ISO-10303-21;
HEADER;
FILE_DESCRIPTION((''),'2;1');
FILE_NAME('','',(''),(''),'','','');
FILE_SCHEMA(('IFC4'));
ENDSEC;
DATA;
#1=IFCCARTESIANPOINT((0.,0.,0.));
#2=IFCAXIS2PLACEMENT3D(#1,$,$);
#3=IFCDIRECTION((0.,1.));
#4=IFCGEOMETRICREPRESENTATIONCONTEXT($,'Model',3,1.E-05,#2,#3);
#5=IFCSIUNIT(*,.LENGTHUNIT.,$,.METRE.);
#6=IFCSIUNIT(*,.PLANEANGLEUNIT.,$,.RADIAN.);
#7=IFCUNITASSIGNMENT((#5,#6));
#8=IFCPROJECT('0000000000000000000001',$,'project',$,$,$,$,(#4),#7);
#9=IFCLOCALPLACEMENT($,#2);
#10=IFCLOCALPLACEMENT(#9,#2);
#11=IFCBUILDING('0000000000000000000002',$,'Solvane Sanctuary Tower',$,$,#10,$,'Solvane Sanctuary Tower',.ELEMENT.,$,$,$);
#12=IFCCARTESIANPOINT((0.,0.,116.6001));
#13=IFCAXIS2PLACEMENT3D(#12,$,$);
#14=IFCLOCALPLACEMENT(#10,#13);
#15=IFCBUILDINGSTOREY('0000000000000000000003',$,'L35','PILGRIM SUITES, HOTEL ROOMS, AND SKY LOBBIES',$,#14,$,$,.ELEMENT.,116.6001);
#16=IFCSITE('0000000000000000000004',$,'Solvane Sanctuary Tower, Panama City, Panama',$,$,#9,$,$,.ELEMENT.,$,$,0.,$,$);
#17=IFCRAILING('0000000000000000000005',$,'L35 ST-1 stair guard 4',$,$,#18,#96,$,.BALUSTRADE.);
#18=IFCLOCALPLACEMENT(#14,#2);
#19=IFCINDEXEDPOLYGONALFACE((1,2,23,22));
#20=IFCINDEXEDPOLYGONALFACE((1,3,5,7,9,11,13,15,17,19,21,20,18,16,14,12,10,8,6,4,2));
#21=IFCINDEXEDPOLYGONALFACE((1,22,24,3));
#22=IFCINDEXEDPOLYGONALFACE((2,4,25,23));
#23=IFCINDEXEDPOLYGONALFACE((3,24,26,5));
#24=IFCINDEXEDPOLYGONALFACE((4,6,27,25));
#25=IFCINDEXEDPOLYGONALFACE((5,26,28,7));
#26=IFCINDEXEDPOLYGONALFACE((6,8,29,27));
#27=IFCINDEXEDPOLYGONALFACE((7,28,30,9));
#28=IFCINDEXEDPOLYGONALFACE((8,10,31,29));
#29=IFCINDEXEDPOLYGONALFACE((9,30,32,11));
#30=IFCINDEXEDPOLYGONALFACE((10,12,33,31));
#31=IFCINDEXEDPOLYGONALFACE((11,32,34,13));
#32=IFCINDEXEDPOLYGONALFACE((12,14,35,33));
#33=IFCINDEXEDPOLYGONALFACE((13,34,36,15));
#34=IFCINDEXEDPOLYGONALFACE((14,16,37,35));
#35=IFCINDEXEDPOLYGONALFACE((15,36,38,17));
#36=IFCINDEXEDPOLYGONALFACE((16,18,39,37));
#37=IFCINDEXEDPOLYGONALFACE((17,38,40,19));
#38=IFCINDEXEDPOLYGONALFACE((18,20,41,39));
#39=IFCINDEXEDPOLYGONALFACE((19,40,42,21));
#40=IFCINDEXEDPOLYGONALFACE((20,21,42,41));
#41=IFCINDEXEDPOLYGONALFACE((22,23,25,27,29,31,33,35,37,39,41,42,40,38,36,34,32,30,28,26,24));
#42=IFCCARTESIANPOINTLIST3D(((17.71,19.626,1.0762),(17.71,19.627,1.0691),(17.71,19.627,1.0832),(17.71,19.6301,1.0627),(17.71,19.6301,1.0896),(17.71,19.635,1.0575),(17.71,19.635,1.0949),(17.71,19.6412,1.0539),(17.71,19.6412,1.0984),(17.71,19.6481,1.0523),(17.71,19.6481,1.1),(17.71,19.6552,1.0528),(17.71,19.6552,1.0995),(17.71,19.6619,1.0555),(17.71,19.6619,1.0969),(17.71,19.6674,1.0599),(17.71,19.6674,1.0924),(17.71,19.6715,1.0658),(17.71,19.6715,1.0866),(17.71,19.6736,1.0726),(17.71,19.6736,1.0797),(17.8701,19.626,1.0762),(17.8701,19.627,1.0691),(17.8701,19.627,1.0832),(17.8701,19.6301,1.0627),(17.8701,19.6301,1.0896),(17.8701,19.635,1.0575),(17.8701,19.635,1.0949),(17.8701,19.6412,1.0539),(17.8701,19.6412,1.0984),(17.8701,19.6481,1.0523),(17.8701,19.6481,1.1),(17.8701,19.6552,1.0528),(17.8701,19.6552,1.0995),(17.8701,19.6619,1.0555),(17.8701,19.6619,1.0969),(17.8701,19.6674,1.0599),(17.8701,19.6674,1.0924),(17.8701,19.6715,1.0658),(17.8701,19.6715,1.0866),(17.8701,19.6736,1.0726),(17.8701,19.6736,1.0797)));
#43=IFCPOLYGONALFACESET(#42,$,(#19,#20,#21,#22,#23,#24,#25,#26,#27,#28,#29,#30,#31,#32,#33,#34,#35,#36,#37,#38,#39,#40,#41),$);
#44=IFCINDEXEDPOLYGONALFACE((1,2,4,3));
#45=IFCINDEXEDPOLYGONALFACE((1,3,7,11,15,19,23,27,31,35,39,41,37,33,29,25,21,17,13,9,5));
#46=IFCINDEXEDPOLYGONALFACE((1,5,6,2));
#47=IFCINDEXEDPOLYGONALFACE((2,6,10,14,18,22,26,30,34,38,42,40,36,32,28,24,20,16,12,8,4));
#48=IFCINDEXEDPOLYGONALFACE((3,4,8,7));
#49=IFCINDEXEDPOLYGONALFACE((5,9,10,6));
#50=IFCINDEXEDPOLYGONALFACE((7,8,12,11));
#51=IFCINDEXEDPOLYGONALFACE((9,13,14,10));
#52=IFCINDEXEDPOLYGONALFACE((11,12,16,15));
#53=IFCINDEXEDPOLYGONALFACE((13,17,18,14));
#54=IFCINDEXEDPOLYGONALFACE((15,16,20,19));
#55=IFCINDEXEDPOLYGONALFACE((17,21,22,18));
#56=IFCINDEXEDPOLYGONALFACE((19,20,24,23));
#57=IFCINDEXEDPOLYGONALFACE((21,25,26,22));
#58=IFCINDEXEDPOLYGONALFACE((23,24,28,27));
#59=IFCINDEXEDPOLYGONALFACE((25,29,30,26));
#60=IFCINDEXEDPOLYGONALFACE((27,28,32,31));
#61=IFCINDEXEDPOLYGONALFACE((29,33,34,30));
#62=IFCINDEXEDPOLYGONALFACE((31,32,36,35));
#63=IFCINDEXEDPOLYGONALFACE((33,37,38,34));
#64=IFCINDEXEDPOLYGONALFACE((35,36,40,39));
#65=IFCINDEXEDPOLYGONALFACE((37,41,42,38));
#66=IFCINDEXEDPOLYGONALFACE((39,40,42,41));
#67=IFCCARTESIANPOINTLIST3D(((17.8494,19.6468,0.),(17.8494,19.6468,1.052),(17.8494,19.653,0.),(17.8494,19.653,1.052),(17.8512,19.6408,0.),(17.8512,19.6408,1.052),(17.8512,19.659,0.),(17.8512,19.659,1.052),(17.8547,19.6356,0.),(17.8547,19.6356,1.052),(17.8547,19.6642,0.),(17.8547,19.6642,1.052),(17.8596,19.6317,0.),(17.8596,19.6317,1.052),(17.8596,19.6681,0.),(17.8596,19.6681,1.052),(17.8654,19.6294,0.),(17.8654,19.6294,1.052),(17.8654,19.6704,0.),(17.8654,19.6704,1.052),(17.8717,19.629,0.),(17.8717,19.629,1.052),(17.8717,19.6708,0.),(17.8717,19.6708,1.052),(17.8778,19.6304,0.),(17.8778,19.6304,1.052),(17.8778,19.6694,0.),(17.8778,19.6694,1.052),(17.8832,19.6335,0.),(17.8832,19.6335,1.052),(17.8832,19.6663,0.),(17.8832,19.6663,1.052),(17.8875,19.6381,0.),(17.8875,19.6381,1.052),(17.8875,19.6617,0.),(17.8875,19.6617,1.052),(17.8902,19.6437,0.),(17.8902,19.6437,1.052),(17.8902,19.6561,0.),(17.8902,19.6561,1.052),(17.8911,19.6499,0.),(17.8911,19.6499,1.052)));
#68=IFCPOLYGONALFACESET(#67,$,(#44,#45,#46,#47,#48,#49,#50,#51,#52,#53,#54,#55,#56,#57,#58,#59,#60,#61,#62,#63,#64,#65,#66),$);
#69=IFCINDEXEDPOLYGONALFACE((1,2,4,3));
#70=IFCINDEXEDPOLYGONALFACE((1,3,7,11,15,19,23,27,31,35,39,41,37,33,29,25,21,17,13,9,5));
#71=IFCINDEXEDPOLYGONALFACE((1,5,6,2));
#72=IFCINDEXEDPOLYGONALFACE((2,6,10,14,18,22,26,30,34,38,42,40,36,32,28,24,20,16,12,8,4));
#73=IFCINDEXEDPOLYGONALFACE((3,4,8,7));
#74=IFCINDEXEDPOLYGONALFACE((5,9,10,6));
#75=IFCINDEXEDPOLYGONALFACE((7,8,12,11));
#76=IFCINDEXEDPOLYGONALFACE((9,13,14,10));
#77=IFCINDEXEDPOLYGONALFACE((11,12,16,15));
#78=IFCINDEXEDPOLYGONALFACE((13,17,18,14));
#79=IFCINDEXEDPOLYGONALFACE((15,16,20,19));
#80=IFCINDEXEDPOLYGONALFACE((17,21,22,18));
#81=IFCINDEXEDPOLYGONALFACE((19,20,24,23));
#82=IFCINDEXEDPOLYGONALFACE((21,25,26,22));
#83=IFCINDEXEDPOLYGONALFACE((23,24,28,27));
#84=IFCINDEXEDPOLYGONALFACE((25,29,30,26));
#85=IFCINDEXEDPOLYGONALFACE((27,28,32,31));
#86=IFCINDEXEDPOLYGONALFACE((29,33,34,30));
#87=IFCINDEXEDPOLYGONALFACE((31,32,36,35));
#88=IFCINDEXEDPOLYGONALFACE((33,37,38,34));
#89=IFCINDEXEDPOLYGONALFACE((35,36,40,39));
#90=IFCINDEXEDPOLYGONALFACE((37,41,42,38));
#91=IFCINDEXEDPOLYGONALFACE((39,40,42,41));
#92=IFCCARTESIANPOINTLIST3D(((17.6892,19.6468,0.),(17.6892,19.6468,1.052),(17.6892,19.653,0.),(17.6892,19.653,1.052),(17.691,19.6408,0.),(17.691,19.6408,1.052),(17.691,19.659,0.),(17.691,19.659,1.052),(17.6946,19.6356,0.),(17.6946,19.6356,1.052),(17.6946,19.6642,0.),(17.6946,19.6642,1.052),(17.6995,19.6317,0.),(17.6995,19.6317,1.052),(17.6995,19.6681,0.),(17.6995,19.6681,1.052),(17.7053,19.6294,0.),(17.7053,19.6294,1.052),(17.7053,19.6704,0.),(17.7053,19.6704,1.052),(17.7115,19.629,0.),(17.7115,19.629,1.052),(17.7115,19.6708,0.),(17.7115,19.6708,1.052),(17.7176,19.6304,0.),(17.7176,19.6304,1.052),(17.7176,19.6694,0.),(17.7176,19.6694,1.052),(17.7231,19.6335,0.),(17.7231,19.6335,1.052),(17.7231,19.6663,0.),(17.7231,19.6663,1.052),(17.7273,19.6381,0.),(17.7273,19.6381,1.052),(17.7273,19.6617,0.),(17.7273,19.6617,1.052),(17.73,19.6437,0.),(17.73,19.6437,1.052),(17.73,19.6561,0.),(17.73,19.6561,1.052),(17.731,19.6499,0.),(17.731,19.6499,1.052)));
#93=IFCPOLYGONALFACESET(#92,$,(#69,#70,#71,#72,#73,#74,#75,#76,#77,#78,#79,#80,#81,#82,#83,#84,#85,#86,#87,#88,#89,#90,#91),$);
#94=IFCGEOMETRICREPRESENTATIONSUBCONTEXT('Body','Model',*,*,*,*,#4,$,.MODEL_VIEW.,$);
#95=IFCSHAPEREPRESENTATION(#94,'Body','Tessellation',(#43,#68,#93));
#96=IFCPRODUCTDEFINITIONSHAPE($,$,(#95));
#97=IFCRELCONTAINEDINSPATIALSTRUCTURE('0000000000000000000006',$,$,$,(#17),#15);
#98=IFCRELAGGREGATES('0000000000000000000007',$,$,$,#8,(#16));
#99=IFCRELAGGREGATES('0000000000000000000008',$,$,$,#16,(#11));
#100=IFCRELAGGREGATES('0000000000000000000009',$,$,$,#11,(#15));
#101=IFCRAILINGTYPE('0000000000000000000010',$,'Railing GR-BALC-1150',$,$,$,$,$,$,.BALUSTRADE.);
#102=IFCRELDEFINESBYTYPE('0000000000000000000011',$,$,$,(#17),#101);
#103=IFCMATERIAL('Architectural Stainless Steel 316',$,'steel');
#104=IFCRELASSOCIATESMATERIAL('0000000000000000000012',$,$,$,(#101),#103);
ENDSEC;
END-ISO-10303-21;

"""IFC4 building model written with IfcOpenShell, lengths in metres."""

from ifc_helpers import new_model, si_unit, direction, frame, origin, origin_2d, place, context, subcontext, project, spatial, circle, extrude, material, type_object, element, save


model = new_model("IFC4")

# Units and contexts
model_context = context("Model", 3, precision=1e-05, world=origin(), true_north=direction((0.0, 1.0)))
body_context = subcontext(model_context, "Body", "Model", "MODEL_VIEW")
ifc_project = project(units=[si_unit("LENGTHUNIT", "METRE"), si_unit("PLANEANGLEUNIT", "RADIAN")], contexts=[model_context])

# Site, building, storey
site_placement = place(None, origin())
site = spatial("IfcSite", under=ifc_project, at=site_placement, Name="Solvane Sanctuary Tower, Panama City, Panama", CompositionType="ELEMENT", RefElevation=0.0)
building_placement = place(site_placement, origin())
building = spatial("IfcBuilding", under=site, at=building_placement, Name="Solvane Sanctuary Tower", LongName="Solvane Sanctuary Tower", CompositionType="ELEMENT")
storey_placement = place(building_placement, frame((0.0, 0.0, 116.6001)))
storey = spatial("IfcBuildingStorey", under=building, at=storey_placement, Name="L35", Description="PILGRIM SUITES, HOTEL ROOMS, AND SKY LOBBIES", CompositionType="ELEMENT", Elevation=116.6001)

# Shared definitions
ifc_material_1 = material(Name="Architectural Stainless Steel 316", Category="steel")

# Railing
railing_type = type_object("IfcRailingType", Name="Railing GR-BALC-1150", PredefinedType="BALUSTRADE", material=ifc_material_1)
railing_1_placement = place(storey_placement, frame((17.8701, 19.6499, 0.0)))
element("IfcRailing", 1, at=railing_1_placement, inside=storey, type_object=railing_type, Name="L35 ST-1 stair guard 4", PredefinedType="BALUSTRADE", context=body_context, shape_type="SweptSolid", body=[
    extrude(circle(Radius=0.0239, at=origin_2d()), frame((0.0, 0.0, 1.0762), z_axis=(-1.0, 0.0, 0.0), x_axis=(0.0, -1.0, 0.0)), (0.0, 0.0, 1.0), 0.1602),
    extrude(circle(Radius=0.021, at=origin_2d()), origin(), (0.0, 0.0, 1.0), 1.052),
    extrude(circle(Radius=0.021, at=origin_2d()), frame((-0.1602, 0.0, 0.0)), (0.0, 0.0, 1.0), 1.052),
])

save(model, "model.ifc")
